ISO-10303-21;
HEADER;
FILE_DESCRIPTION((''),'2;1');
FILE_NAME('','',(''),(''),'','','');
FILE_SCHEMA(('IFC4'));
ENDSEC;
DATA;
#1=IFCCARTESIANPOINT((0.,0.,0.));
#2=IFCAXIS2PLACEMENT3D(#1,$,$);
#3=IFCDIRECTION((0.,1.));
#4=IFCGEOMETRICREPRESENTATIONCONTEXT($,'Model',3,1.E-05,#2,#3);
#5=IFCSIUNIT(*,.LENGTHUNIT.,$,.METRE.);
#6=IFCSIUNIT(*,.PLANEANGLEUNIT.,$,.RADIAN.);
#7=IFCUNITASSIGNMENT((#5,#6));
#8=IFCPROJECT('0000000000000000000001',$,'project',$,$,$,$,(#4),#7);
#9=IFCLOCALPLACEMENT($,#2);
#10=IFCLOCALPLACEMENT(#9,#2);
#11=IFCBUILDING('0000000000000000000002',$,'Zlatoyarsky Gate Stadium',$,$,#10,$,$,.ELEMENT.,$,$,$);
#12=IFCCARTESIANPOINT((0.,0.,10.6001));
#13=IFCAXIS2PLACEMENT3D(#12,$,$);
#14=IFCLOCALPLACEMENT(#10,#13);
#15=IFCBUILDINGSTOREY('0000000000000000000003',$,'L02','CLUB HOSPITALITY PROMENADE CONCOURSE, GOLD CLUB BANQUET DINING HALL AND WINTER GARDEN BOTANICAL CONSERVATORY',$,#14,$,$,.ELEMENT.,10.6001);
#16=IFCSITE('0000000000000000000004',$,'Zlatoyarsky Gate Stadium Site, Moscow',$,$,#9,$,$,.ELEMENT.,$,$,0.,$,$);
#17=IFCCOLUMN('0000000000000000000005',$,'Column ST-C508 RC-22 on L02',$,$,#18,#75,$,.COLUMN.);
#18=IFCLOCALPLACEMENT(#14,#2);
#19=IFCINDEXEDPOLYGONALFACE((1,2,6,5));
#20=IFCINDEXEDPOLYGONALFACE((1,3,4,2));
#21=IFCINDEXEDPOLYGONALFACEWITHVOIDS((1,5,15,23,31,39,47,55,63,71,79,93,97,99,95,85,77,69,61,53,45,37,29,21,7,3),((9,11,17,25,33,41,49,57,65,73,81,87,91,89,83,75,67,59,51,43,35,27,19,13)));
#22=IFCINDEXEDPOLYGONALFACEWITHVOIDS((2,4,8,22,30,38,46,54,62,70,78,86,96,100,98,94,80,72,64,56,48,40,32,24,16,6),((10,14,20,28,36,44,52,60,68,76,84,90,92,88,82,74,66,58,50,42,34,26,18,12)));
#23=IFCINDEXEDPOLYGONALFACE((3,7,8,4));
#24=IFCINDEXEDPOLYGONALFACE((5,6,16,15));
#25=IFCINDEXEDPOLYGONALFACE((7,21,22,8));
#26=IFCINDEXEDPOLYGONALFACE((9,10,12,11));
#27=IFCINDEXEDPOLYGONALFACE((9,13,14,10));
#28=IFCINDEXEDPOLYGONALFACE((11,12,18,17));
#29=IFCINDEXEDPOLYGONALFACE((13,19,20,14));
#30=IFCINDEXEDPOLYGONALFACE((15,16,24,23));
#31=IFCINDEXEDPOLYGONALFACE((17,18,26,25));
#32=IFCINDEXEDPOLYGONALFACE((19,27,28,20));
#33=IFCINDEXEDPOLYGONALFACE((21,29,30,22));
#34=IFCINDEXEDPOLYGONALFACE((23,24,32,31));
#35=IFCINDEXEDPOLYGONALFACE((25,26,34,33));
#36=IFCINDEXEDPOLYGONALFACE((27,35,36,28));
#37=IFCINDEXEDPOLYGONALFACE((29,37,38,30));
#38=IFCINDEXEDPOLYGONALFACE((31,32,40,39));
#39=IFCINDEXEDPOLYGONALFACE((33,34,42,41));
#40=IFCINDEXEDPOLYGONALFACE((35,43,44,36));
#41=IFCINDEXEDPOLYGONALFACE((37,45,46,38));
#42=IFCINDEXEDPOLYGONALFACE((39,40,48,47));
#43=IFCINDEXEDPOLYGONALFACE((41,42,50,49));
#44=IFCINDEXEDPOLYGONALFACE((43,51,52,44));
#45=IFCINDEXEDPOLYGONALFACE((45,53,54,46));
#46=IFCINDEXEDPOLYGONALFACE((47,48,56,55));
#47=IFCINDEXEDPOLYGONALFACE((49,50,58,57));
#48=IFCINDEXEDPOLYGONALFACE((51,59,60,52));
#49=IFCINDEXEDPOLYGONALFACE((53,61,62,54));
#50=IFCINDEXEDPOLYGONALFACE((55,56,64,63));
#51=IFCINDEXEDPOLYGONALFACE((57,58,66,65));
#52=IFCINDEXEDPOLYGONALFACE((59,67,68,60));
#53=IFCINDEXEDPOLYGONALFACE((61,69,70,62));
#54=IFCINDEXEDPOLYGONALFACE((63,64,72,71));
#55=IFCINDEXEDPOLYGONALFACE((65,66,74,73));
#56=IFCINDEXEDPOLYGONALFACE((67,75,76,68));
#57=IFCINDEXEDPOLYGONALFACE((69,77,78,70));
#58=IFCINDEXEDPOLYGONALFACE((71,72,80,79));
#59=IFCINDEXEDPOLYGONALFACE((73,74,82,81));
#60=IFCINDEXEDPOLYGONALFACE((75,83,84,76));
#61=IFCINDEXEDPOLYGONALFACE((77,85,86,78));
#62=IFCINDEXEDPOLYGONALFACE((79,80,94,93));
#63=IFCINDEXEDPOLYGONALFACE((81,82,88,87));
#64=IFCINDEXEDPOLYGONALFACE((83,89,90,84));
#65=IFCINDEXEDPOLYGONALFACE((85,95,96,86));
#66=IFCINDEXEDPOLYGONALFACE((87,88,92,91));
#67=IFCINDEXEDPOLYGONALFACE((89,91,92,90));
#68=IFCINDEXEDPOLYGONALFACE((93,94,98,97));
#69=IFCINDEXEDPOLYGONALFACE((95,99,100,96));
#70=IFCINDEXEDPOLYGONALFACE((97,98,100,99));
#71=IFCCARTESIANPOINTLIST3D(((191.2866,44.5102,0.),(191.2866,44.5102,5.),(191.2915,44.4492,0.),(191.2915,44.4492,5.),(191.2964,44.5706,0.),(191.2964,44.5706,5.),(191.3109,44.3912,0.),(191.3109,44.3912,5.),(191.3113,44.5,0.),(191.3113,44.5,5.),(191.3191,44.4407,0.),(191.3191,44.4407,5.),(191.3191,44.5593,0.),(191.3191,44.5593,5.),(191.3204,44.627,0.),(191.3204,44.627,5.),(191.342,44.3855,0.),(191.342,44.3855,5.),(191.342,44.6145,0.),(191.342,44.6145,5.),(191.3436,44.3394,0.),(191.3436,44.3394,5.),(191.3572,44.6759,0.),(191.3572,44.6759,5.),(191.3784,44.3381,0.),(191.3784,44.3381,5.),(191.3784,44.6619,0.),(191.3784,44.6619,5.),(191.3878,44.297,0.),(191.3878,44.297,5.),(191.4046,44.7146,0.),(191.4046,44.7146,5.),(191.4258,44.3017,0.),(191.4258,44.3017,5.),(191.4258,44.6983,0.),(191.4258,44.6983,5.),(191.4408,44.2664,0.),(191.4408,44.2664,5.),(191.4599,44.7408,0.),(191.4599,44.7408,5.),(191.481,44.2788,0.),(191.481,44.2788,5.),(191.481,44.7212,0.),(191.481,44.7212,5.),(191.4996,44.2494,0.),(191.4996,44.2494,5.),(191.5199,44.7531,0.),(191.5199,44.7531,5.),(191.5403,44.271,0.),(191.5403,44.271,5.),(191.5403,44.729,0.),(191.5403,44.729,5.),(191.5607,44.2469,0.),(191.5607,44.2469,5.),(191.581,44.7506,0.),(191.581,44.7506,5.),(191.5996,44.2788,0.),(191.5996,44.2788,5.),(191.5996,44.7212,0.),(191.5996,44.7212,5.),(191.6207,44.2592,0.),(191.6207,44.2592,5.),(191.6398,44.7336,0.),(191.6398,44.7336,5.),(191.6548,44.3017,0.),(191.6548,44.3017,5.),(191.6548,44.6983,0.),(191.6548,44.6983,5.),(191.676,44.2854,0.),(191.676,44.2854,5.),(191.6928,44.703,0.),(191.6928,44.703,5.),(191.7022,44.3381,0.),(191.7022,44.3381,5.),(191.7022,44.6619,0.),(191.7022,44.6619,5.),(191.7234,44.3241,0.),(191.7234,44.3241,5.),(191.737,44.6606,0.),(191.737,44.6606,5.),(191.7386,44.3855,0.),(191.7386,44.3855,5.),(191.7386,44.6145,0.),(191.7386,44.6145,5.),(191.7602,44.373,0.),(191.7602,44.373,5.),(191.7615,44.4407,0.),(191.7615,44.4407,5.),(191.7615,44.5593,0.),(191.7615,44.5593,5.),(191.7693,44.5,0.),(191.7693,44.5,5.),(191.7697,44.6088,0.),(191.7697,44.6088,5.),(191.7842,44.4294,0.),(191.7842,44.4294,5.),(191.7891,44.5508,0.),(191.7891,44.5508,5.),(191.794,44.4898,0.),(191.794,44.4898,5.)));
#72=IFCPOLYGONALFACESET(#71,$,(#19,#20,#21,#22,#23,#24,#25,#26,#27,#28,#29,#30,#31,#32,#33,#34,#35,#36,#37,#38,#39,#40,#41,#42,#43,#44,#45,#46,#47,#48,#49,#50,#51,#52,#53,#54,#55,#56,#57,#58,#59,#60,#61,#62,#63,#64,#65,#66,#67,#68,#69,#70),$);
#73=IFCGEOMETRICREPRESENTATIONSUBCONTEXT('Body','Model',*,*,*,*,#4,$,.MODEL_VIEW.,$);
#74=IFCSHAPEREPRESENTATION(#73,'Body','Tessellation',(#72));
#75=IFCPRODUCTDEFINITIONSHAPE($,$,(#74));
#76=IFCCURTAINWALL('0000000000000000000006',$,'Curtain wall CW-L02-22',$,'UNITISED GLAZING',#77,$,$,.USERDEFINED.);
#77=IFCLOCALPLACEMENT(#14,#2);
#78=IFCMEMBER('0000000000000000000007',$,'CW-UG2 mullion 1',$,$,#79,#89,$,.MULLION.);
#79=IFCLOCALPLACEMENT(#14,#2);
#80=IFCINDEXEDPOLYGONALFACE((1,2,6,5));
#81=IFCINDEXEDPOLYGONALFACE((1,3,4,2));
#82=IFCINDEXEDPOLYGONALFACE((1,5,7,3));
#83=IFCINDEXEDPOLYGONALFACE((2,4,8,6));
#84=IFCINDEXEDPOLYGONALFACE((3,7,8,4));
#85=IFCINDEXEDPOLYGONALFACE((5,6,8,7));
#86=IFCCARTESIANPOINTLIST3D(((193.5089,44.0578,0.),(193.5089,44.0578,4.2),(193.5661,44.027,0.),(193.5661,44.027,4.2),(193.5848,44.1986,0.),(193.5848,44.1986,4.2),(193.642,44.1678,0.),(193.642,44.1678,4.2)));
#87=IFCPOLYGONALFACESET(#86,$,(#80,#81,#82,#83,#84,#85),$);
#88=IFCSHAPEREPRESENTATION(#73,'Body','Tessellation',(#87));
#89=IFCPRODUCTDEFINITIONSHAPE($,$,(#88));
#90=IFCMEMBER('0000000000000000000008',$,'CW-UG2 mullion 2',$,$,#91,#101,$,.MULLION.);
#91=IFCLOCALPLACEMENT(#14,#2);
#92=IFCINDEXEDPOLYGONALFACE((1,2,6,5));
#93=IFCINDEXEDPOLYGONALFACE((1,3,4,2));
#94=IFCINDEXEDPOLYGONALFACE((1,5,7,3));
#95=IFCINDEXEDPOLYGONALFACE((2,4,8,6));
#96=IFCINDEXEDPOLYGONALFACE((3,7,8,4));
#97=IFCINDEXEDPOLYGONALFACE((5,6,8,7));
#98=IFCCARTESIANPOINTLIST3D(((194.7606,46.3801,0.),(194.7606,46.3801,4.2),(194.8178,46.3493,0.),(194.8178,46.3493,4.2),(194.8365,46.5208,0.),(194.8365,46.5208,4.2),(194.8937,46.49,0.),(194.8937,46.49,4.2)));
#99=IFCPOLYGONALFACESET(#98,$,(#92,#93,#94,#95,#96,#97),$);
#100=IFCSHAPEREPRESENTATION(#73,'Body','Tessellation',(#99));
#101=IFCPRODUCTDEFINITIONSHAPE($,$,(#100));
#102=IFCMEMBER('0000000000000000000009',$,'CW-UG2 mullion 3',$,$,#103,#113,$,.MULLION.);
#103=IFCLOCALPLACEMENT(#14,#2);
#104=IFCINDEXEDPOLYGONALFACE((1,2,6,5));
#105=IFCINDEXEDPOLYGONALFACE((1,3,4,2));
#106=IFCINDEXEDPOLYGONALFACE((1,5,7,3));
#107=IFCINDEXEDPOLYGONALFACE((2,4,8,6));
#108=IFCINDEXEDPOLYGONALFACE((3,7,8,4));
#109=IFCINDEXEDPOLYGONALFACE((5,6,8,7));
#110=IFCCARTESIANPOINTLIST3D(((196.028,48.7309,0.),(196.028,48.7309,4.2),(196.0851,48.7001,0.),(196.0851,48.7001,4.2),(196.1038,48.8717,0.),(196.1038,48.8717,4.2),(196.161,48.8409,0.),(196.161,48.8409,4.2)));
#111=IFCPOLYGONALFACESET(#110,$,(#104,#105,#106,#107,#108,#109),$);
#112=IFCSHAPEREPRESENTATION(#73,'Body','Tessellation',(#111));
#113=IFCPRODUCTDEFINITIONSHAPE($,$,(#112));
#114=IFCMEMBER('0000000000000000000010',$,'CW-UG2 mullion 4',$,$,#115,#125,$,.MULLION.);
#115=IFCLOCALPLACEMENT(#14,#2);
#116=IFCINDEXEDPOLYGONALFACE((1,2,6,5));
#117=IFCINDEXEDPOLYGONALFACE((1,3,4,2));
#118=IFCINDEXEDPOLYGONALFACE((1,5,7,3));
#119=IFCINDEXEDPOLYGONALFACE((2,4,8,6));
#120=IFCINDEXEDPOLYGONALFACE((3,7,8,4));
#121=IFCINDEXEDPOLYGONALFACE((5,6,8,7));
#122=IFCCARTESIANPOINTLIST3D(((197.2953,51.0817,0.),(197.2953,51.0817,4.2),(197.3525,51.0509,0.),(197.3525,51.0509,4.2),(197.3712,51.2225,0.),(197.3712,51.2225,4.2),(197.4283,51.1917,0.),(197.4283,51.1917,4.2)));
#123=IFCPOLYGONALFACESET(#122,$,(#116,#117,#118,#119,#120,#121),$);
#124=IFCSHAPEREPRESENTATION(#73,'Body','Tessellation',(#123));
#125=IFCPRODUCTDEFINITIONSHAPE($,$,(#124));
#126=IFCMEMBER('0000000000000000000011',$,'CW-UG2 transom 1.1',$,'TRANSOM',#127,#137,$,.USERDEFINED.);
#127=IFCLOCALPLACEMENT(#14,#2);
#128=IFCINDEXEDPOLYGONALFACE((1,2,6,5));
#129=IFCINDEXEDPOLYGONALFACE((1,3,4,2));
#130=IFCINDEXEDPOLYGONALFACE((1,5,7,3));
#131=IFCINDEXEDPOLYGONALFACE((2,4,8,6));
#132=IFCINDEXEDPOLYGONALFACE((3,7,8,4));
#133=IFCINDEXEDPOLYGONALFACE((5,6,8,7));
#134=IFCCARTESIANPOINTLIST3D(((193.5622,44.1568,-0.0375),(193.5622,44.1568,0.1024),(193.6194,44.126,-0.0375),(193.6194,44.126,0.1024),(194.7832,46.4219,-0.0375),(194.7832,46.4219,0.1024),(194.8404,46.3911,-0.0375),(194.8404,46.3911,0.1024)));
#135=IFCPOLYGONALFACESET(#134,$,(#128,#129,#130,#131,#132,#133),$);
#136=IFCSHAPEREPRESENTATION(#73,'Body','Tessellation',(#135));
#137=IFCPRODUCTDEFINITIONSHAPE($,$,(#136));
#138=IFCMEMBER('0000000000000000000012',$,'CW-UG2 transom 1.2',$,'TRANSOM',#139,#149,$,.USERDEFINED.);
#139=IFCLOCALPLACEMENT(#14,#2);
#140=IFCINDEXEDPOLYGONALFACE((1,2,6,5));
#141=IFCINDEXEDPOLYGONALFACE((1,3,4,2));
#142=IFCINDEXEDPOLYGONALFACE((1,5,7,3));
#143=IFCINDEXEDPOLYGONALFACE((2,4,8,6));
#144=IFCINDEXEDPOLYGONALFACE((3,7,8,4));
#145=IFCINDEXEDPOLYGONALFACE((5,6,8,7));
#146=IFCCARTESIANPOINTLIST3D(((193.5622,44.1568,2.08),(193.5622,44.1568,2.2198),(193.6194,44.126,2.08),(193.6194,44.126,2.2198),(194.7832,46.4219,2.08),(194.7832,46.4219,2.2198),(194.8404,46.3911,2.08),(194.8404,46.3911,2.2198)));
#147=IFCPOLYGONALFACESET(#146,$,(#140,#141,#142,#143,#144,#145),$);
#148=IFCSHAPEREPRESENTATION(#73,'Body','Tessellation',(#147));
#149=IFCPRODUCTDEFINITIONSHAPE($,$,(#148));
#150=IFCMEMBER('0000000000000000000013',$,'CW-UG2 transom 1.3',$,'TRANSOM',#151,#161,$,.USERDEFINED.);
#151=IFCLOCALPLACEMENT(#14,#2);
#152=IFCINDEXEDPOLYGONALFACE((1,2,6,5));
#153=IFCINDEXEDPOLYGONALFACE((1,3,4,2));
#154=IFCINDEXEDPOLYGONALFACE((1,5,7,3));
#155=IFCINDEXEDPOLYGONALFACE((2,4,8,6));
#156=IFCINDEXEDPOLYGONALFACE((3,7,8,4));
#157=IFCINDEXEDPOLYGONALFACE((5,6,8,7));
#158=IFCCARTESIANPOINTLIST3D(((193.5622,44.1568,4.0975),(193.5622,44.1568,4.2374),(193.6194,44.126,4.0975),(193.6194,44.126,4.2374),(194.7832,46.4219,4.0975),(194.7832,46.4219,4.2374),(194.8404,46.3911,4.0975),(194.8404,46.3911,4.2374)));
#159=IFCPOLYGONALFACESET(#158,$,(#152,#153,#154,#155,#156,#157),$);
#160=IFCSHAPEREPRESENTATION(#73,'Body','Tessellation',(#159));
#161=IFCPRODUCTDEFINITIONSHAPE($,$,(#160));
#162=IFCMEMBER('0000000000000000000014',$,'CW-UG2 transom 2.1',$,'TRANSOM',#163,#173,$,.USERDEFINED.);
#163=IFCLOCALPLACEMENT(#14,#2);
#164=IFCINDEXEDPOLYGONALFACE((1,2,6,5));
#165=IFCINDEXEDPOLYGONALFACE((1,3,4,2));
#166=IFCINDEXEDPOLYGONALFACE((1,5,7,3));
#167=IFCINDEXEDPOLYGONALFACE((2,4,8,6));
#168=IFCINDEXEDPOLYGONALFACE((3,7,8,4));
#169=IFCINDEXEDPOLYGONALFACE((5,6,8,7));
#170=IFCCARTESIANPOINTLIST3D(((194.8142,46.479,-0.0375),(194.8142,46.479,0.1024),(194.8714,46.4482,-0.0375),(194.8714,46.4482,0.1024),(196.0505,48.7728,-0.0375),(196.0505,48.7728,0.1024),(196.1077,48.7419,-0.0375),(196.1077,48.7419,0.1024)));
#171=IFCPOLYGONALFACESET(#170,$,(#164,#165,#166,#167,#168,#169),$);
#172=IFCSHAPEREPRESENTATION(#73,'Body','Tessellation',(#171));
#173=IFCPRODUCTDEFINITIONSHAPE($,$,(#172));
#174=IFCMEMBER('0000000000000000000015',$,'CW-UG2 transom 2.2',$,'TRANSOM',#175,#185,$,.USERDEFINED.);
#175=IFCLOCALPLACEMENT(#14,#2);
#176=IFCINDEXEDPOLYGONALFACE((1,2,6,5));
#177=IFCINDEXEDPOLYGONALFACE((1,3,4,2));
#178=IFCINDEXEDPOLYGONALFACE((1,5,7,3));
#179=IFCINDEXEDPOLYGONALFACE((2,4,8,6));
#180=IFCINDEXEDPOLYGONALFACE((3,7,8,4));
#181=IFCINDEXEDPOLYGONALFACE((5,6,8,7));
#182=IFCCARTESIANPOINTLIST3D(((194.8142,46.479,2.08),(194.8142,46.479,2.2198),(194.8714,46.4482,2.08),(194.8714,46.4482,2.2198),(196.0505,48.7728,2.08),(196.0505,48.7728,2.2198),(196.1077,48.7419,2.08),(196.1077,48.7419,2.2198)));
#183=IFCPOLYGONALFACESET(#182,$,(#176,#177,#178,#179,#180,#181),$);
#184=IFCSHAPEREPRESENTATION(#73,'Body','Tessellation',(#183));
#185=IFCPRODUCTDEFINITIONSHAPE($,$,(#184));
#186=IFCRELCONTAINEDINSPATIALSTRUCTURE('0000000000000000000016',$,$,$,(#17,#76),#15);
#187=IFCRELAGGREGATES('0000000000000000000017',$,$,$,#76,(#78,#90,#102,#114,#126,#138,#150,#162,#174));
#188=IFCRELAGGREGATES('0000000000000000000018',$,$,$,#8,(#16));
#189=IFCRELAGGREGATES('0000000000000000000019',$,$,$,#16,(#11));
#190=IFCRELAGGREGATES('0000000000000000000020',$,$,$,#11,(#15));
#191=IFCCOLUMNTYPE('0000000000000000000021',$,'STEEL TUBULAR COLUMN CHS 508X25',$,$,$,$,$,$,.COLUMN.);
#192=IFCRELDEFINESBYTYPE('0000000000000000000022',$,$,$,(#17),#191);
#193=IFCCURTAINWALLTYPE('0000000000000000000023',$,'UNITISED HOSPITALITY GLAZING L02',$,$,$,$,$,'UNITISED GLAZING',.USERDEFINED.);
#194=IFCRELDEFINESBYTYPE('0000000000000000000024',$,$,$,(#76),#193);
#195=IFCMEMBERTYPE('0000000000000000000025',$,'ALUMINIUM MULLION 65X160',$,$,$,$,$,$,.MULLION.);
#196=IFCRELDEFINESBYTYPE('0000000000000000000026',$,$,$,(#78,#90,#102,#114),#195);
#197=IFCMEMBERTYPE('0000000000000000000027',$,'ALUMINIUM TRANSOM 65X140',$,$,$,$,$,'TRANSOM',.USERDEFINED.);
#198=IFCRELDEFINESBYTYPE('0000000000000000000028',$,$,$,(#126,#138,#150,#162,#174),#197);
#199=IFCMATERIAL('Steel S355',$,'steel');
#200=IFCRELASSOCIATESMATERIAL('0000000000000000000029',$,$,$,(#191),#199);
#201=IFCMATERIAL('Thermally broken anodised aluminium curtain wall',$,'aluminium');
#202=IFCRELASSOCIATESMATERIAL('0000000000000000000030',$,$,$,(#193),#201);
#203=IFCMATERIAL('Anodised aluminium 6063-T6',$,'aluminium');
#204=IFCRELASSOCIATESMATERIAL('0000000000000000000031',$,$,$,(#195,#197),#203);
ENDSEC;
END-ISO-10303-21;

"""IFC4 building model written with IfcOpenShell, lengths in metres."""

from ifc_helpers import new_model, si_unit, direction, frame, origin, origin_2d, place, context, subcontext, project, spatial, rectangle, hollow_circle, extrude, material, material_profile, profile_set, type_object, element, aggregate, save


model = new_model("IFC4")

# Units and contexts
model_context = context("Model", 3, precision=1e-05, world=origin(), true_north=direction((0.0, 1.0)))
body_context = subcontext(model_context, "Body", "Model", "MODEL_VIEW")
ifc_project = project(units=[si_unit("LENGTHUNIT", "METRE"), si_unit("PLANEANGLEUNIT", "RADIAN")], contexts=[model_context])

# Site, building, storey
site_placement = place(None, origin())
site = spatial("IfcSite", under=ifc_project, at=site_placement, Name="Zlatoyarsky Gate Stadium Site, Moscow", CompositionType="ELEMENT", RefElevation=0.0)
building_placement = place(site_placement, origin())
building = spatial("IfcBuilding", under=site, at=building_placement, Name="Zlatoyarsky Gate Stadium", CompositionType="ELEMENT")
storey_placement = place(building_placement, frame((0.0, 0.0, 10.6001)))
storey = spatial("IfcBuildingStorey", under=building, at=storey_placement, Name="L02", Description="CLUB HOSPITALITY PROMENADE CONCOURSE, GOLD CLUB BANQUET DINING HALL AND WINTER GARDEN BOTANICAL CONSERVATORY", CompositionType="ELEMENT", Elevation=10.6001)

# Column
ifc_material_1 = material(Name="Steel S355", Category="steel")
ifc_material_profile_1 = material_profile(ifc_material_1, hollow_circle(Radius=0.2539, WallThickness=0.0249, at=origin_2d()), Name="CHS 508X25")
ifc_profile_set_1 = profile_set([ifc_material_profile_1], Name="Steel S355")
column_type = type_object("IfcColumnType", Name="STEEL TUBULAR COLUMN CHS 508X25", PredefinedType="COLUMN", material=ifc_profile_set_1)
column_placement = place(storey_placement, frame((191.5403, 44.5, 0.0), z_axis=(0.0, 0.0, 1.0), x_axis=(0.866025, -0.5, 0.0)))
element("IfcColumn", 1, at=column_placement, inside=storey, type_object=column_type, Name="Column ST-C508 RC-22 on L02", PredefinedType="COLUMN", context=body_context, shape_type="SweptSolid", body=[
    extrude(hollow_circle(Radius=0.2539, WallThickness=0.0249, at=origin_2d()), origin(), (0.0, 0.0, 1.0), 5.0),
])

# Curtain wall, members
ifc_material_2 = material(Name="Thermally broken anodised aluminium curtain wall", Category="aluminium")
curtain_wall_type = type_object("IfcCurtainWallType", Name="UNITISED HOSPITALITY GLAZING L02", ElementType="UNITISED GLAZING", PredefinedType="USERDEFINED", material=ifc_material_2)
curtain_wall_placement = place(storey_placement, origin())
curtain_wall = element("IfcCurtainWall", 2, at=curtain_wall_placement, inside=storey, type_object=curtain_wall_type, Name="Curtain wall CW-L02-22", ObjectType="UNITISED GLAZING", PredefinedType="USERDEFINED")
ifc_material_3 = material(Name="Anodised aluminium 6063-T6", Category="aluminium")
ifc_material_profile_2 = material_profile(ifc_material_3, rectangle(XDim=0.0649, YDim=0.1599, at=origin_2d()), Name="ALU 65X160")
ifc_profile_set_2 = profile_set([ifc_material_profile_2], Name="Anodised aluminium 6063-T6")
member_type_1 = type_object("IfcMemberType", Name="ALUMINIUM MULLION 65X160", PredefinedType="MULLION", material=ifc_profile_set_2)
member_1_placement = place(storey_placement, frame((193.5754, 44.1128, 0.0), z_axis=(0.0, 0.0, 1.0), x_axis=(-0.880237, 0.474534, 0.0)))
member_1 = element("IfcMember", 3, at=member_1_placement, type_object=member_type_1, Name="CW-UG2 mullion 1", PredefinedType="MULLION", context=body_context, shape_type="SweptSolid", body=[
    extrude(rectangle(XDim=0.0649, YDim=0.1599, at=origin_2d()), origin(), (0.0, 0.0, 1.0), 4.2),
])
member_2_placement = place(storey_placement, frame((194.8271, 46.4351, 0.0), z_axis=(0.0, 0.0, 1.0), x_axis=(-0.880237, 0.474534, 0.0)))
member_2 = element("IfcMember", 4, at=member_2_placement, type_object=member_type_1, Name="CW-UG2 mullion 2", PredefinedType="MULLION", context=body_context, shape_type="SweptSolid", body=[
    extrude(rectangle(XDim=0.0649, YDim=0.1599, at=origin_2d()), origin(), (0.0, 0.0, 1.0), 4.2),
])
member_3_placement = place(storey_placement, frame((196.0945, 48.7859, 0.0), z_axis=(0.0, 0.0, 1.0), x_axis=(-0.880237, 0.474534, 0.0)))
member_3 = element("IfcMember", 5, at=member_3_placement, type_object=member_type_1, Name="CW-UG2 mullion 3", PredefinedType="MULLION", context=body_context, shape_type="SweptSolid", body=[
    extrude(rectangle(XDim=0.0649, YDim=0.1599, at=origin_2d()), origin(), (0.0, 0.0, 1.0), 4.2),
])
member_4_placement = place(storey_placement, frame((197.3618, 51.1367, 0.0), z_axis=(0.0, 0.0, 1.0), x_axis=(-0.880237, 0.474534, 0.0)))
member_4 = element("IfcMember", 6, at=member_4_placement, type_object=member_type_1, Name="CW-UG2 mullion 4", PredefinedType="MULLION", context=body_context, shape_type="SweptSolid", body=[
    extrude(rectangle(XDim=0.0649, YDim=0.1599, at=origin_2d()), origin(), (0.0, 0.0, 1.0), 4.2),
])
ifc_material_profile_3 = material_profile(ifc_material_3, rectangle(XDim=0.0649, YDim=0.1399, at=origin_2d()), Name="ALU 65X140")
ifc_profile_set_3 = profile_set([ifc_material_profile_3], Name="Anodised aluminium 6063-T6")
member_type_2 = type_object("IfcMemberType", Name="ALUMINIUM TRANSOM 65X140", ElementType="TRANSOM", PredefinedType="USERDEFINED", material=ifc_profile_set_3)
member_5_placement = place(storey_placement, frame((193.5908, 44.1414, 0.0325), z_axis=(0.474479, 0.880267, 0.0), x_axis=(-0.880267, 0.474479, 0.0)))
member_5 = element("IfcMember", 7, at=member_5_placement, type_object=member_type_2, Name="CW-UG2 transom 1.1", ObjectType="TRANSOM", PredefinedType="USERDEFINED", context=body_context, shape_type="SweptSolid", body=[
    extrude(rectangle(XDim=0.0649, YDim=0.1399, at=origin_2d()), origin(), (0.0, 0.0, 1.0), 2.5732),
])
member_6_placement = place(storey_placement, frame((193.5908, 44.1414, 2.1499), z_axis=(0.474479, 0.880267, 0.0), x_axis=(-0.880267, 0.474479, 0.0)))
member_6 = element("IfcMember", 8, at=member_6_placement, type_object=member_type_2, Name="CW-UG2 transom 1.2", ObjectType="TRANSOM", PredefinedType="USERDEFINED", context=body_context, shape_type="SweptSolid", body=[
    extrude(rectangle(XDim=0.0649, YDim=0.1399, at=origin_2d()), origin(), (0.0, 0.0, 1.0), 2.5732),
])
member_7_placement = place(storey_placement, frame((193.5908, 44.1414, 4.1675), z_axis=(0.474479, 0.880267, 0.0), x_axis=(-0.880267, 0.474479, 0.0)))
member_7 = element("IfcMember", 9, at=member_7_placement, type_object=member_type_2, Name="CW-UG2 transom 1.3", ObjectType="TRANSOM", PredefinedType="USERDEFINED", context=body_context, shape_type="SweptSolid", body=[
    extrude(rectangle(XDim=0.0649, YDim=0.1399, at=origin_2d()), origin(), (0.0, 0.0, 1.0), 2.5732),
])
member_8_placement = place(storey_placement, frame((194.8428, 46.4636, 0.0325), z_axis=(0.474474, 0.880269, 0.0), x_axis=(-0.880269, 0.474474, 0.0)))
member_8 = element("IfcMember", 10, at=member_8_placement, type_object=member_type_2, Name="CW-UG2 transom 2.1", ObjectType="TRANSOM", PredefinedType="USERDEFINED", context=body_context, shape_type="SweptSolid", body=[
    extrude(rectangle(XDim=0.0649, YDim=0.1399, at=origin_2d()), origin(), (0.0, 0.0, 1.0), 2.6057),
])
member_9_placement = place(storey_placement, frame((194.8428, 46.4636, 2.1499), z_axis=(0.474474, 0.880269, 0.0), x_axis=(-0.880269, 0.474474, 0.0)))
member_9 = element("IfcMember", 11, at=member_9_placement, type_object=member_type_2, Name="CW-UG2 transom 2.2", ObjectType="TRANSOM", PredefinedType="USERDEFINED", context=body_context, shape_type="SweptSolid", body=[
    extrude(rectangle(XDim=0.0649, YDim=0.1399, at=origin_2d()), origin(), (0.0, 0.0, 1.0), 2.6057),
])

aggregate(curtain_wall, [member_1, member_2, member_3, member_4, member_5, member_6, member_7, member_8, member_9])

save(model, "model.ifc")
